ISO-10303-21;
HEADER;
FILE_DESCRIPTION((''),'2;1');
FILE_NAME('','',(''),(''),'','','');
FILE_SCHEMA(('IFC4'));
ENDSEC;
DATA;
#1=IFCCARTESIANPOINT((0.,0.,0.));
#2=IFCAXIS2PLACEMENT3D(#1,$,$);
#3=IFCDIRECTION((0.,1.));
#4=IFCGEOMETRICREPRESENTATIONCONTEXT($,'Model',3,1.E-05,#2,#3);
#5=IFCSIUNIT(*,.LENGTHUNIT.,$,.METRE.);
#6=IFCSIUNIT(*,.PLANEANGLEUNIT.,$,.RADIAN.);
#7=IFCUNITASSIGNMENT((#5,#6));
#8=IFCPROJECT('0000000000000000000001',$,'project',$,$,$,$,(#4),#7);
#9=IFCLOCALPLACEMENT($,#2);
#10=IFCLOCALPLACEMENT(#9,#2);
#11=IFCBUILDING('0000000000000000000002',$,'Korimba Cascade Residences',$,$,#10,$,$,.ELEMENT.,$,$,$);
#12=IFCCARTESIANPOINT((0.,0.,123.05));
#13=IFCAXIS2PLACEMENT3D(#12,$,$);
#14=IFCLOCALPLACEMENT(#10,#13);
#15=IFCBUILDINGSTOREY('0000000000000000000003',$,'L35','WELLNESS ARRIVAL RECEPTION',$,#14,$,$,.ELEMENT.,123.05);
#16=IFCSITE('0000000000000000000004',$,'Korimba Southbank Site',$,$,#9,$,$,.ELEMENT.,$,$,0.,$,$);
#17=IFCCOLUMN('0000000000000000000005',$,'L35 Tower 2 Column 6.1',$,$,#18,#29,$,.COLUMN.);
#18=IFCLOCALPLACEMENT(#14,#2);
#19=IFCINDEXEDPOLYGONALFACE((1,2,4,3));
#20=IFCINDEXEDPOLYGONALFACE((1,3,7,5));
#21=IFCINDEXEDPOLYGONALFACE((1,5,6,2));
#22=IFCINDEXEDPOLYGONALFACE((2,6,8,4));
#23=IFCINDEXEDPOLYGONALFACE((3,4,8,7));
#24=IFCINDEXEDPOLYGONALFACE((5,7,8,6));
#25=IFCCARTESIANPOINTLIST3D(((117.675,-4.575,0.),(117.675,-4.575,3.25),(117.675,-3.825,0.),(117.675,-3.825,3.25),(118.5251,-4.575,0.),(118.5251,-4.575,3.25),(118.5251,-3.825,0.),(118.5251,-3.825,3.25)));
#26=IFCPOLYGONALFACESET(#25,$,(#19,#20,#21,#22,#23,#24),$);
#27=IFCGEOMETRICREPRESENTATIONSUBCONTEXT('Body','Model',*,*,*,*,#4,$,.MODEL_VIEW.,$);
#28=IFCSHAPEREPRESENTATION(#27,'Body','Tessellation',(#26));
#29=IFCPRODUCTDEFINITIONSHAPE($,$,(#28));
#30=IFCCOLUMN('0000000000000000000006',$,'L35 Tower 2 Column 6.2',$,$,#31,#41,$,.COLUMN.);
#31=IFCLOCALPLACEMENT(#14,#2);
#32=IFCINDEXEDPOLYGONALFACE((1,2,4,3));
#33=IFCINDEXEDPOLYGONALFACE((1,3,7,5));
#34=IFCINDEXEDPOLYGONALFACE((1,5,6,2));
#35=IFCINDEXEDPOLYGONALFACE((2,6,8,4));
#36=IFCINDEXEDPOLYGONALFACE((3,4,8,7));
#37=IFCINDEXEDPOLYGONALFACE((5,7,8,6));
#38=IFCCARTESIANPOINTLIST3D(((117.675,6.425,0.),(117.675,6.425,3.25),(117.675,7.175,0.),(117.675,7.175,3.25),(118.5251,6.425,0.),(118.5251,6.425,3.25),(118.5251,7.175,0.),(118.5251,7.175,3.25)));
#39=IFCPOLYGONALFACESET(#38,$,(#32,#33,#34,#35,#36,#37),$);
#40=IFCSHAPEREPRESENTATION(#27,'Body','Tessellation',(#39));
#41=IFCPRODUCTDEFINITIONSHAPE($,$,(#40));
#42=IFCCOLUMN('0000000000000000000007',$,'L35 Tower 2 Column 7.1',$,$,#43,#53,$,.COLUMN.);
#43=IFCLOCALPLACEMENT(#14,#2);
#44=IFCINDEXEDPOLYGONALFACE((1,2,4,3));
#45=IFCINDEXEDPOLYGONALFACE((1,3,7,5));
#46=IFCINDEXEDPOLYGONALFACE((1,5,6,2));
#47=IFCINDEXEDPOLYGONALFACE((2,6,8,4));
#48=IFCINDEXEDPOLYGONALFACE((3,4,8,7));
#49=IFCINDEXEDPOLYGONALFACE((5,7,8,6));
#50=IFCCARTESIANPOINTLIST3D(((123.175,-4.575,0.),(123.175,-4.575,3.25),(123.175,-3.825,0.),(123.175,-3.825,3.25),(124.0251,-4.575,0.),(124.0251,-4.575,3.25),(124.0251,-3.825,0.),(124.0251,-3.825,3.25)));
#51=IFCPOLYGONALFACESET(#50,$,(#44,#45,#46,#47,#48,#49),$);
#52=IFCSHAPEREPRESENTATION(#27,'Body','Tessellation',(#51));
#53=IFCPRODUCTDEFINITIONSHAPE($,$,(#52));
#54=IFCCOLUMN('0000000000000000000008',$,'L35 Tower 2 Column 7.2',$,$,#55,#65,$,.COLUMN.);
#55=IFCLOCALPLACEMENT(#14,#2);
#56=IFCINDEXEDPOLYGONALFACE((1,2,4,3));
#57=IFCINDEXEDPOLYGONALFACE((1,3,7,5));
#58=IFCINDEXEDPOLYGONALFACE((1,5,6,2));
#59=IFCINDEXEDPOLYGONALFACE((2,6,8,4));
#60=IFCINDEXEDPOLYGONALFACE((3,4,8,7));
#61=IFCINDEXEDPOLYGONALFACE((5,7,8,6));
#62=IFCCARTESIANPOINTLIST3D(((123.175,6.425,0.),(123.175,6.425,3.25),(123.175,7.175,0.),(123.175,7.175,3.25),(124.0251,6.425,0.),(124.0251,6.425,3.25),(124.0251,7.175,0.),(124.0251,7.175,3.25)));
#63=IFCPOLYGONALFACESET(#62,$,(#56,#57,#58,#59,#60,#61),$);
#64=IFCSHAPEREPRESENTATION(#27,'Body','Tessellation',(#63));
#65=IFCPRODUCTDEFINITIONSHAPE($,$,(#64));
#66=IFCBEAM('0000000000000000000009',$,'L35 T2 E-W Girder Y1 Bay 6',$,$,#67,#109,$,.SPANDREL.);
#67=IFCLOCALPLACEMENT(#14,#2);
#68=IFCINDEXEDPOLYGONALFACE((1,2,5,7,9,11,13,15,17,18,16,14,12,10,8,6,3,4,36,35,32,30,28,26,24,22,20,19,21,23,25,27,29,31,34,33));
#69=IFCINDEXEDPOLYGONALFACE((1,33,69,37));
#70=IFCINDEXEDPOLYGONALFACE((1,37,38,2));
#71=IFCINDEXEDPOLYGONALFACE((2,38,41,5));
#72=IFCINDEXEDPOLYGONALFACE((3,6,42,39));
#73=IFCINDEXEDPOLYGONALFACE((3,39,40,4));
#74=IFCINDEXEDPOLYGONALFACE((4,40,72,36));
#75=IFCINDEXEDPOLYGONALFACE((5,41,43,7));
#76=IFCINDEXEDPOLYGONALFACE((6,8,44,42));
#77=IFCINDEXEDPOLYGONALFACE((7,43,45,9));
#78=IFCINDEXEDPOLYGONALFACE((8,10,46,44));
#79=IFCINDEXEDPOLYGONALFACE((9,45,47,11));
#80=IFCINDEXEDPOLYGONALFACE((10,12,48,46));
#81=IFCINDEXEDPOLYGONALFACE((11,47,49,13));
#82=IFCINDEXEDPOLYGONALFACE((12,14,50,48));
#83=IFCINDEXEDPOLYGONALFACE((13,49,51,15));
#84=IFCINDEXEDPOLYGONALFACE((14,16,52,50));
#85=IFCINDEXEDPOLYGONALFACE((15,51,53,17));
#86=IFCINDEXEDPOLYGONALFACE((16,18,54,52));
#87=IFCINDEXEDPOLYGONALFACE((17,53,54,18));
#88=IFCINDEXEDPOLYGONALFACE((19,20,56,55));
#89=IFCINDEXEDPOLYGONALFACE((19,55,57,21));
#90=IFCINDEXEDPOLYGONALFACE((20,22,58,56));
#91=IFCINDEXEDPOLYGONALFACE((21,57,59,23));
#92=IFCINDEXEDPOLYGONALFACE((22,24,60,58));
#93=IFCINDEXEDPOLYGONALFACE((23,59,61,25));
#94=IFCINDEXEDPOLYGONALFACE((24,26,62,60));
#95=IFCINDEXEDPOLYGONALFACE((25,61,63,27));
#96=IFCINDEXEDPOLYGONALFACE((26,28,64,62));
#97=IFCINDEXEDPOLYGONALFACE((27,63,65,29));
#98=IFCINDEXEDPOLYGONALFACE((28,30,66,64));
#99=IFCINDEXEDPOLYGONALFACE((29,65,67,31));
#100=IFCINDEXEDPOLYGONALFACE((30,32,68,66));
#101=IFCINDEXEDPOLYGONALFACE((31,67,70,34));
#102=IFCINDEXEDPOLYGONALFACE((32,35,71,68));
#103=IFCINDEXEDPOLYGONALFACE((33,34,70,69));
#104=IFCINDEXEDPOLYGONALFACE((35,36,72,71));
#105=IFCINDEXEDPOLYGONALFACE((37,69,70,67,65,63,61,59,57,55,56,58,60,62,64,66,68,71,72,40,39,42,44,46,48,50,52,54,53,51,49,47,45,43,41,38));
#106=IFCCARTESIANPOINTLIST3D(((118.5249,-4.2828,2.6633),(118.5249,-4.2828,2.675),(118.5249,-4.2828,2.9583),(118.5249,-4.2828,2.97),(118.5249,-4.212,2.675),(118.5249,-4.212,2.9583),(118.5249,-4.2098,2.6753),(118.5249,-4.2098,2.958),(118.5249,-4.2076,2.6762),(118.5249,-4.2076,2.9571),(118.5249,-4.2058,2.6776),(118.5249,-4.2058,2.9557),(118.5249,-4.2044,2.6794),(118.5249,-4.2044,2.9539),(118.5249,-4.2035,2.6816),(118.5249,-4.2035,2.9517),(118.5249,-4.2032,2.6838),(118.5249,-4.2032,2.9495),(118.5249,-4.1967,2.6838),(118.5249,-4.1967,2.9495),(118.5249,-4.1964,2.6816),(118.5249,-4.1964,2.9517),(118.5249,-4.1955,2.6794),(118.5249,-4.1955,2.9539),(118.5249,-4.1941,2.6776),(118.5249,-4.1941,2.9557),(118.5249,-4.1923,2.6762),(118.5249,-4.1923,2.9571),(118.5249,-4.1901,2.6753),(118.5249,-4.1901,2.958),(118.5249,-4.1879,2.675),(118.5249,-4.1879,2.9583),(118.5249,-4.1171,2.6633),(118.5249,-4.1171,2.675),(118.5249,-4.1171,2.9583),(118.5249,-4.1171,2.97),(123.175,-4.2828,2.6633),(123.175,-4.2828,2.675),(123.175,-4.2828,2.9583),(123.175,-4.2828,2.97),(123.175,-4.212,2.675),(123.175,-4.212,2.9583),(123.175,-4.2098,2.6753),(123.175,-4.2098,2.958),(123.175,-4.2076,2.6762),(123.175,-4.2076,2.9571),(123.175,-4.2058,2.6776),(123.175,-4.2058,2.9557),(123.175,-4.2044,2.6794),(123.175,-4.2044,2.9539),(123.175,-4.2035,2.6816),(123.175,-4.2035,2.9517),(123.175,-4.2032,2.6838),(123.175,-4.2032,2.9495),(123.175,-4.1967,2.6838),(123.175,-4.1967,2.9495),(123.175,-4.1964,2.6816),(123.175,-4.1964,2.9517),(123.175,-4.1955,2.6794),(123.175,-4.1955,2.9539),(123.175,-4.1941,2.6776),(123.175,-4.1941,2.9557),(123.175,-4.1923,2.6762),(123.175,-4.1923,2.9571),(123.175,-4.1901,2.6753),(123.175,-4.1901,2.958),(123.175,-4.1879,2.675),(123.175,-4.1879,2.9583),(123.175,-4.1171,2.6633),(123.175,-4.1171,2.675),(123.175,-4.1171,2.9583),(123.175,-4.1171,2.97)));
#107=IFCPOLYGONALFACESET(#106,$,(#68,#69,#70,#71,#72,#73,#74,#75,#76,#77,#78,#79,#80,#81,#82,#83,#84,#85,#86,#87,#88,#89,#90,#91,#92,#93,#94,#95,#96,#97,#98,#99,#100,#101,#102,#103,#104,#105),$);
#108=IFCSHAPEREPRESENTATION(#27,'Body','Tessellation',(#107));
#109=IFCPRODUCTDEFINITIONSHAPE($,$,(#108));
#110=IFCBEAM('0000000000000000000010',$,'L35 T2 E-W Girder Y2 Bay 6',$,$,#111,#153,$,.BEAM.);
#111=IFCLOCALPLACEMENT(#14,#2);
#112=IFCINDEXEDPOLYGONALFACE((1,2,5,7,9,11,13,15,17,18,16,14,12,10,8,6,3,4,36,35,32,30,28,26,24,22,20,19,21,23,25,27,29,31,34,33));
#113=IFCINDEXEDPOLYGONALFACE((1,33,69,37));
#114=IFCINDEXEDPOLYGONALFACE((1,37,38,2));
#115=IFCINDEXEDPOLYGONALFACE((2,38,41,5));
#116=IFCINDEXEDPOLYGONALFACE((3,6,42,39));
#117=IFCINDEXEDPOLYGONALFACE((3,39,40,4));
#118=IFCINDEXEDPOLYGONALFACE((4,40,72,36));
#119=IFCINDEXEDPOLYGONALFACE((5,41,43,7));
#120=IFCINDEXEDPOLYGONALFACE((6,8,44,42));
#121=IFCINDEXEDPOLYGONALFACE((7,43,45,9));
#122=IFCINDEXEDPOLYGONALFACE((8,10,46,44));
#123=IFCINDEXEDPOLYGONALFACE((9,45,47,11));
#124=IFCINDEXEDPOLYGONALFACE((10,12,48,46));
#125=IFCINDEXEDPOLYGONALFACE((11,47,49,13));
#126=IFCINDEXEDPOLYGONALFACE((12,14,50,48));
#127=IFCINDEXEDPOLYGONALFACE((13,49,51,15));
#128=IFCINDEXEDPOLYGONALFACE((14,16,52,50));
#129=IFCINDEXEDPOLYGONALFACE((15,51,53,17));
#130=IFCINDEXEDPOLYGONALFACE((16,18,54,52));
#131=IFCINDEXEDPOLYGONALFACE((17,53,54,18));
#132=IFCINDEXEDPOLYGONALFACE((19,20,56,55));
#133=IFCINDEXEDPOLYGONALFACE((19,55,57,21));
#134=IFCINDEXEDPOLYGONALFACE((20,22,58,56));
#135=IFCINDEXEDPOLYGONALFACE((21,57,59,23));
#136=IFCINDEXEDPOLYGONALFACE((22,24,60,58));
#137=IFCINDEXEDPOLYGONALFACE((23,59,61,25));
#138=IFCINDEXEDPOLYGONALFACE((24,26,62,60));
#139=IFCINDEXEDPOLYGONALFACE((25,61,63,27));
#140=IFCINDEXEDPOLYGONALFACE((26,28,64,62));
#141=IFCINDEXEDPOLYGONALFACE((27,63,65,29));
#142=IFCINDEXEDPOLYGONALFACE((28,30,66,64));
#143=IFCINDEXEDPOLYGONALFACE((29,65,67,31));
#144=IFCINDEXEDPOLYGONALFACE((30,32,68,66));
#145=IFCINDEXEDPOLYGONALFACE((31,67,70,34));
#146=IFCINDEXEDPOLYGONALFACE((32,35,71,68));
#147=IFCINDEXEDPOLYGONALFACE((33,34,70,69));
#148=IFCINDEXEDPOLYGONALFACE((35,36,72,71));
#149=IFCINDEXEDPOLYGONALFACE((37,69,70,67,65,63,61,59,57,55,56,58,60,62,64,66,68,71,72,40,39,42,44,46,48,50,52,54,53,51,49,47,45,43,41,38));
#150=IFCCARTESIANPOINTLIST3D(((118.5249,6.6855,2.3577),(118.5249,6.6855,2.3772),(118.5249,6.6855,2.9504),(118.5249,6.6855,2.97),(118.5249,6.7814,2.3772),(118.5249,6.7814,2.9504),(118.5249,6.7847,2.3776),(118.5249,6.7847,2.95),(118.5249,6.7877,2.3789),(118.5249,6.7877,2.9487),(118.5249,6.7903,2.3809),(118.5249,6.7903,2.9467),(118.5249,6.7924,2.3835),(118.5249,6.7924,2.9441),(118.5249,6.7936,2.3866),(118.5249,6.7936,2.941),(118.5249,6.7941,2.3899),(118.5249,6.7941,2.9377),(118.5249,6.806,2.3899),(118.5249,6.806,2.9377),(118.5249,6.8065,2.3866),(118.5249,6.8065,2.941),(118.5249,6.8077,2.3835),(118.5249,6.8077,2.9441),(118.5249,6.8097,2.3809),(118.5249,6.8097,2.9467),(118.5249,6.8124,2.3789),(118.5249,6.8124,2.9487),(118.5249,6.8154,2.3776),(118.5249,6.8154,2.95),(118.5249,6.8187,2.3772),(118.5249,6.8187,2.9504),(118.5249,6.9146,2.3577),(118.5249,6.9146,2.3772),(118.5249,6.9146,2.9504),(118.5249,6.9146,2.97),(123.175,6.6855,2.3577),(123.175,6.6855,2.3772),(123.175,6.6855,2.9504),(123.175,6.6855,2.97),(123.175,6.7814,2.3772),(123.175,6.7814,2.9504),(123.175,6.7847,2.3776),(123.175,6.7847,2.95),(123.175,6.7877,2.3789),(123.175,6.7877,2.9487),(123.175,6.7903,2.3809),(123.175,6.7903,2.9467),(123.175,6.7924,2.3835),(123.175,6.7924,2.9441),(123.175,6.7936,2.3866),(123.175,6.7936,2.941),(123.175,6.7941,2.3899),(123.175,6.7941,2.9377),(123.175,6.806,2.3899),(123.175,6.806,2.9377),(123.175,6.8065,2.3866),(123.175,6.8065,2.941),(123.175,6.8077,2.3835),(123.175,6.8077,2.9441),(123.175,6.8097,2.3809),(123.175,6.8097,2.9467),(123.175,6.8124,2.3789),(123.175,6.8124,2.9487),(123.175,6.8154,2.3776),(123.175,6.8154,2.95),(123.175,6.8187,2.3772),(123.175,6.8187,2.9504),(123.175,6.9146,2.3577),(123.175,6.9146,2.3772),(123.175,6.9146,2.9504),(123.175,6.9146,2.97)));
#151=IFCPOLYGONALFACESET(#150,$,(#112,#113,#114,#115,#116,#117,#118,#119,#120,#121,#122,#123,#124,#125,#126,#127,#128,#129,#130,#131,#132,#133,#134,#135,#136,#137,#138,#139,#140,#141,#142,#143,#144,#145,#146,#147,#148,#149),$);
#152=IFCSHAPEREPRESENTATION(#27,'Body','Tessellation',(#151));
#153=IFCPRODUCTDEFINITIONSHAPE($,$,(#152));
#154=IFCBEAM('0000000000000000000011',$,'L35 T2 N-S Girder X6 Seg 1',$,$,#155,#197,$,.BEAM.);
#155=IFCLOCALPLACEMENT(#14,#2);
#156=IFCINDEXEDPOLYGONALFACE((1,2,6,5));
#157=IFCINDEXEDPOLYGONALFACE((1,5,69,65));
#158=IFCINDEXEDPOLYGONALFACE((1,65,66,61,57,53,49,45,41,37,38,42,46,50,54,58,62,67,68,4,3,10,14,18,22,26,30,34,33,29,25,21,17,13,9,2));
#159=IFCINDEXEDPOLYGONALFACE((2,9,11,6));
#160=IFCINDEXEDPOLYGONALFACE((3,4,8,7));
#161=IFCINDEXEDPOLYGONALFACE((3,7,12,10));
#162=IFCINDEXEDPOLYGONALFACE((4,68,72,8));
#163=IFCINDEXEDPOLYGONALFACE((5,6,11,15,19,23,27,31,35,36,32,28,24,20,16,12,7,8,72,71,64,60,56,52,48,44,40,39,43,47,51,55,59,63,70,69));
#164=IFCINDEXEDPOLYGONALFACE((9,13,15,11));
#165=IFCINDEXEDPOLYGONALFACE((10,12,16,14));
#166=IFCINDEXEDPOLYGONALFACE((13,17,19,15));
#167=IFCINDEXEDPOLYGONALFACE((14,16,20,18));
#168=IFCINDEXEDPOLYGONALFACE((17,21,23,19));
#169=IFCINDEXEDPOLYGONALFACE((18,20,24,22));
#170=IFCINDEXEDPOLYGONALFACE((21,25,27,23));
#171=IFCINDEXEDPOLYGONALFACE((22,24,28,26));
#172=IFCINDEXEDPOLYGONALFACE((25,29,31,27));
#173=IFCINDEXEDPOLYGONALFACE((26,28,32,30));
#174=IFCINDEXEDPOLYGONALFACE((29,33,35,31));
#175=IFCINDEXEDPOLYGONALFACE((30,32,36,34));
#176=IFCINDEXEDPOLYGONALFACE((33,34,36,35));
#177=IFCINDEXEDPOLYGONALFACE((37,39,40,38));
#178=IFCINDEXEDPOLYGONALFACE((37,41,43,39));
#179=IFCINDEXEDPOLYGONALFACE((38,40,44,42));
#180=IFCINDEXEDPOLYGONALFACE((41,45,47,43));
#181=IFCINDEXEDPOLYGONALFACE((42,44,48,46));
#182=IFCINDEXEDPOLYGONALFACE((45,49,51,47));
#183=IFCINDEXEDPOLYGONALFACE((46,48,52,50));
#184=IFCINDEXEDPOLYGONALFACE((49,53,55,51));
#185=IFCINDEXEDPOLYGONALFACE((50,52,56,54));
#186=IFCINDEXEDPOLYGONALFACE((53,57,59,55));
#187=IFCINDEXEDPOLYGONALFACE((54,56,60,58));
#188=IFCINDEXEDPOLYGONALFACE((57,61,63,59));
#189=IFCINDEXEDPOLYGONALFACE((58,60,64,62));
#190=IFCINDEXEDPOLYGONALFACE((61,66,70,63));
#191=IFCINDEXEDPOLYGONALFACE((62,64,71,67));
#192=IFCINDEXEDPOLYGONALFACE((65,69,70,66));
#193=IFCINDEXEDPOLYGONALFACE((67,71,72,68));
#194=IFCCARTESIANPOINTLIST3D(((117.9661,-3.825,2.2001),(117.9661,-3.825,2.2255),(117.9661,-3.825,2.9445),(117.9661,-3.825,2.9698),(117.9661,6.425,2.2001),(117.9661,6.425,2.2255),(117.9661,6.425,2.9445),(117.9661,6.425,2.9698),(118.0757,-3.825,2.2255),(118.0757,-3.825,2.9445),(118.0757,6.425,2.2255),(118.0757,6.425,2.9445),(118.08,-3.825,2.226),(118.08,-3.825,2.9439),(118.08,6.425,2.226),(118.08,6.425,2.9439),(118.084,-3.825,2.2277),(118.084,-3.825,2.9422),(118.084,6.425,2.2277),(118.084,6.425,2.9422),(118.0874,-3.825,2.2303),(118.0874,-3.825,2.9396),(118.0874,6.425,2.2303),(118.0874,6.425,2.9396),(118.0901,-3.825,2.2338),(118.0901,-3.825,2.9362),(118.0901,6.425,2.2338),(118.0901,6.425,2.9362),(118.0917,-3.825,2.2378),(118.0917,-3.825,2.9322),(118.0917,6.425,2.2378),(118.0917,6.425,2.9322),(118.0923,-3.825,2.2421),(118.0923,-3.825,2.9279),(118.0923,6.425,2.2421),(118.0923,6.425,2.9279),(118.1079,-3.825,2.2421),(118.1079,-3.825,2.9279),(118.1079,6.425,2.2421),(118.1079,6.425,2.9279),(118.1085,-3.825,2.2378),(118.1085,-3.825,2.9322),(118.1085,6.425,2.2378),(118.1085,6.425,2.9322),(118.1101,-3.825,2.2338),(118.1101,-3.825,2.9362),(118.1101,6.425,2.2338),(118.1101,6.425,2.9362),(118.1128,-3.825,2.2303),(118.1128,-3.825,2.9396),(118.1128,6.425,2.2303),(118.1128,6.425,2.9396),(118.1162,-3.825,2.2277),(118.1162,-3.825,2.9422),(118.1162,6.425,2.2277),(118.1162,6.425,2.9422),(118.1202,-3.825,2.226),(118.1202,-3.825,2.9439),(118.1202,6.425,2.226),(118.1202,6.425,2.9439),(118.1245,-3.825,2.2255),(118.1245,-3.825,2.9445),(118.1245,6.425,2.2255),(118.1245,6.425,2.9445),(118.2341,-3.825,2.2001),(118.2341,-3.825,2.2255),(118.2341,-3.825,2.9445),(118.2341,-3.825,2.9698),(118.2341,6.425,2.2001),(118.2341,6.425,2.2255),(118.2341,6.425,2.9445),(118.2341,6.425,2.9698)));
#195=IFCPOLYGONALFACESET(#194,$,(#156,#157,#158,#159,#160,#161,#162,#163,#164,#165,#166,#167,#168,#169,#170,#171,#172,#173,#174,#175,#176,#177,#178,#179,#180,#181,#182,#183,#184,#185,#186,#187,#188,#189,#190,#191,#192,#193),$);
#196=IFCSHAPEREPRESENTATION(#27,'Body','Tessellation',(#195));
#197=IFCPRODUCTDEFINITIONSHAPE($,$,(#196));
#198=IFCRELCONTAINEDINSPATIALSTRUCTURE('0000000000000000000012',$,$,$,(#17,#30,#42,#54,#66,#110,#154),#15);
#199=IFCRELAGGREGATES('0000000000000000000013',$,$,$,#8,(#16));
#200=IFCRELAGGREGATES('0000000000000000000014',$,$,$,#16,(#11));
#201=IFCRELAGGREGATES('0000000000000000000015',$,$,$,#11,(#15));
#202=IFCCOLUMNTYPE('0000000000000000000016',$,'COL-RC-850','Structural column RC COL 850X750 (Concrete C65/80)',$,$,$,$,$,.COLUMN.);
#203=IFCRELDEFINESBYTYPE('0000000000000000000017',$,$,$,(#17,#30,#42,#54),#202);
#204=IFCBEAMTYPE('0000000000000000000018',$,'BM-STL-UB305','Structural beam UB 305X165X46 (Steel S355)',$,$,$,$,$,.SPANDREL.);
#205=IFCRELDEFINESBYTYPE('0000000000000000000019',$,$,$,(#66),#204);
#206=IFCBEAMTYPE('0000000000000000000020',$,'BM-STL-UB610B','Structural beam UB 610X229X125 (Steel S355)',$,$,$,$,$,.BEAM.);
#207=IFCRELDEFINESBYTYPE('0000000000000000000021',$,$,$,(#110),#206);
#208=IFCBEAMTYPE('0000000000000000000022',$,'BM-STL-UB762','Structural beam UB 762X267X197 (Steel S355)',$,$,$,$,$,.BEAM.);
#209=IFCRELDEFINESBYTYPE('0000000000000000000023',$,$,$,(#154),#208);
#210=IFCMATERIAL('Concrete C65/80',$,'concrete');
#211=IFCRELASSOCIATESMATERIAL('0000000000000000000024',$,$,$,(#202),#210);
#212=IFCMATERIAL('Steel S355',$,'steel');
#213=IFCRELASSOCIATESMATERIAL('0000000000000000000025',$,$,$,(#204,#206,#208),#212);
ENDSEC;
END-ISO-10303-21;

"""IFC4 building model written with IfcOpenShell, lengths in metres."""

from ifc_helpers import new_model, si_unit, direction, frame, origin, origin_2d, place, context, subcontext, project, spatial, rectangle, i_section, extrude, material, material_profile, profile_set, type_object, element, save


model = new_model("IFC4")

# Units and contexts
model_context = context("Model", 3, precision=1e-05, world=origin(), true_north=direction((0.0, 1.0)))
body_context = subcontext(model_context, "Body", "Model", "MODEL_VIEW")
ifc_project = project(units=[si_unit("LENGTHUNIT", "METRE"), si_unit("PLANEANGLEUNIT", "RADIAN")], contexts=[model_context])

# Site, building, storey
site_placement = place(None, origin())
site = spatial("IfcSite", under=ifc_project, at=site_placement, Name="Korimba Southbank Site", CompositionType="ELEMENT", RefElevation=0.0)
building_placement = place(site_placement, origin())
building = spatial("IfcBuilding", under=site, at=building_placement, Name="Korimba Cascade Residences", CompositionType="ELEMENT")
storey_placement = place(building_placement, frame((0.0, 0.0, 123.05)))
storey = spatial("IfcBuildingStorey", under=building, at=storey_placement, Name="L35", Description="WELLNESS ARRIVAL RECEPTION", CompositionType="ELEMENT", Elevation=123.05)

# Columns
ifc_material_1 = material(Name="Concrete C65/80", Category="concrete")
ifc_material_profile_1 = material_profile(ifc_material_1, rectangle(XDim=0.8501, YDim=0.75, at=origin_2d()), Name="Concrete C65/80")
ifc_profile_set_1 = profile_set([ifc_material_profile_1], Name="Concrete C65/80")
column_type = type_object("IfcColumnType", Name="COL-RC-850", Description="Structural column RC COL 850X750 (Concrete C65/80)", PredefinedType="COLUMN", material=ifc_profile_set_1)
for number, where, z_axis, x_axis, name in (
    (1, (118.1001, -4.2, 0.0), (0.0, 0.0, 1.0), (1.0, 0.0, 0.0), "L35 Tower 2 Column 6.1"),
    (2, (118.1001, 6.8, 0.0), (0.0, 0.0, 1.0), (1.0, 0.0, 0.0), "L35 Tower 2 Column 6.2"),
    (3, (123.6001, -4.2, 0.0), (0.0, 0.0, 1.0), (1.0, 0.0, 0.0), "L35 Tower 2 Column 7.1"),
    (4, (123.6001, 6.8, 0.0), (0.0, 0.0, 1.0), (1.0, 0.0, 0.0), "L35 Tower 2 Column 7.2"),
):
    element("IfcColumn", number, at=place(storey_placement, frame(where, z_axis=z_axis, x_axis=x_axis)), inside=storey, type_object=column_type, Name=name, PredefinedType="COLUMN", context=body_context, shape_type="SweptSolid", body=[
        extrude(rectangle(XDim=0.8501, YDim=0.75, at=origin_2d()), origin(), (0.0, 0.0, 1.0), 3.25),
    ])

# Beams
ifc_material_2 = material(Name="Steel S355", Category="steel")
ifc_material_profile_2 = material_profile(ifc_material_2, i_section(OverallWidth=0.1658, OverallDepth=0.3066, WebThickness=0.0066, FlangeThickness=0.0117, FilletRadius=0.0088, at=origin_2d()), Name="Steel S355")
ifc_profile_set_2 = profile_set([ifc_material_profile_2], Name="Steel S355")
beam_type_1 = type_object("IfcBeamType", Name="BM-STL-UB305", Description="Structural beam UB 305X165X46 (Steel S355)", PredefinedType="SPANDREL", material=ifc_profile_set_2)
beam_1_placement = place(storey_placement, frame((118.5249, -4.2, 2.8167), z_axis=(1.0, 0.0, 0.0), x_axis=(0.0, 1.0, 0.0)))
element("IfcBeam", 5, at=beam_1_placement, inside=storey, type_object=beam_type_1, Name="L35 T2 E-W Girder Y1 Bay 6", PredefinedType="SPANDREL", context=body_context, shape_type="SweptSolid", body=[
    extrude(i_section(OverallWidth=0.1658, OverallDepth=0.3066, WebThickness=0.0066, FlangeThickness=0.0117, FilletRadius=0.0088, at=origin_2d()), origin(), (0.0, 0.0, 1.0), 4.6501),
])
ifc_material_profile_3 = material_profile(ifc_material_2, i_section(OverallWidth=0.229, OverallDepth=0.6123, WebThickness=0.012, FlangeThickness=0.0195, FilletRadius=0.0127, at=origin_2d()), Name="Steel S355")
ifc_profile_set_3 = profile_set([ifc_material_profile_3], Name="Steel S355")
beam_type_2 = type_object("IfcBeamType", Name="BM-STL-UB610B", Description="Structural beam UB 610X229X125 (Steel S355)", PredefinedType="BEAM", material=ifc_profile_set_3)
beam_2_placement = place(storey_placement, frame((118.5249, 6.8, 2.6638), z_axis=(1.0, 0.0, 0.0), x_axis=(0.0, 1.0, 0.0)))
element("IfcBeam", 6, at=beam_2_placement, inside=storey, type_object=beam_type_2, Name="L35 T2 E-W Girder Y2 Bay 6", PredefinedType="BEAM", context=body_context, shape_type="SweptSolid", body=[
    extrude(i_section(OverallWidth=0.229, OverallDepth=0.6123, WebThickness=0.012, FlangeThickness=0.0195, FilletRadius=0.0127, at=origin_2d()), origin(), (0.0, 0.0, 1.0), 4.6501),
])
ifc_material_profile_4 = material_profile(ifc_material_2, i_section(OverallWidth=0.2681, OverallDepth=0.7698, WebThickness=0.0156, FlangeThickness=0.0254, FilletRadius=0.0166, at=origin_2d()), Name="Steel S355")
ifc_profile_set_4 = profile_set([ifc_material_profile_4], Name="Steel S355")
beam_type_3 = type_object("IfcBeamType", Name="BM-STL-UB762", Description="Structural beam UB 762X267X197 (Steel S355)", PredefinedType="BEAM", material=ifc_profile_set_4)
for number, where, z_axis, x_axis, name in (
    (7, (118.1001, -3.825, 2.585), (0.0, 1.0, 0.0), (-1.0, 0.0, 0.0), "L35 T2 N-S Girder X6 Seg 1"),
):
    element("IfcBeam", number, at=place(storey_placement, frame(where, z_axis=z_axis, x_axis=x_axis)), inside=storey, type_object=beam_type_3, Name=name, PredefinedType="BEAM", context=body_context, shape_type="SweptSolid", body=[
        extrude(i_section(OverallWidth=0.2681, OverallDepth=0.7698, WebThickness=0.0156, FlangeThickness=0.0254, FilletRadius=0.0166, at=origin_2d()), origin(), (0.0, 0.0, 1.0), 10.25),
    ])

save(model, "model.ifc")
